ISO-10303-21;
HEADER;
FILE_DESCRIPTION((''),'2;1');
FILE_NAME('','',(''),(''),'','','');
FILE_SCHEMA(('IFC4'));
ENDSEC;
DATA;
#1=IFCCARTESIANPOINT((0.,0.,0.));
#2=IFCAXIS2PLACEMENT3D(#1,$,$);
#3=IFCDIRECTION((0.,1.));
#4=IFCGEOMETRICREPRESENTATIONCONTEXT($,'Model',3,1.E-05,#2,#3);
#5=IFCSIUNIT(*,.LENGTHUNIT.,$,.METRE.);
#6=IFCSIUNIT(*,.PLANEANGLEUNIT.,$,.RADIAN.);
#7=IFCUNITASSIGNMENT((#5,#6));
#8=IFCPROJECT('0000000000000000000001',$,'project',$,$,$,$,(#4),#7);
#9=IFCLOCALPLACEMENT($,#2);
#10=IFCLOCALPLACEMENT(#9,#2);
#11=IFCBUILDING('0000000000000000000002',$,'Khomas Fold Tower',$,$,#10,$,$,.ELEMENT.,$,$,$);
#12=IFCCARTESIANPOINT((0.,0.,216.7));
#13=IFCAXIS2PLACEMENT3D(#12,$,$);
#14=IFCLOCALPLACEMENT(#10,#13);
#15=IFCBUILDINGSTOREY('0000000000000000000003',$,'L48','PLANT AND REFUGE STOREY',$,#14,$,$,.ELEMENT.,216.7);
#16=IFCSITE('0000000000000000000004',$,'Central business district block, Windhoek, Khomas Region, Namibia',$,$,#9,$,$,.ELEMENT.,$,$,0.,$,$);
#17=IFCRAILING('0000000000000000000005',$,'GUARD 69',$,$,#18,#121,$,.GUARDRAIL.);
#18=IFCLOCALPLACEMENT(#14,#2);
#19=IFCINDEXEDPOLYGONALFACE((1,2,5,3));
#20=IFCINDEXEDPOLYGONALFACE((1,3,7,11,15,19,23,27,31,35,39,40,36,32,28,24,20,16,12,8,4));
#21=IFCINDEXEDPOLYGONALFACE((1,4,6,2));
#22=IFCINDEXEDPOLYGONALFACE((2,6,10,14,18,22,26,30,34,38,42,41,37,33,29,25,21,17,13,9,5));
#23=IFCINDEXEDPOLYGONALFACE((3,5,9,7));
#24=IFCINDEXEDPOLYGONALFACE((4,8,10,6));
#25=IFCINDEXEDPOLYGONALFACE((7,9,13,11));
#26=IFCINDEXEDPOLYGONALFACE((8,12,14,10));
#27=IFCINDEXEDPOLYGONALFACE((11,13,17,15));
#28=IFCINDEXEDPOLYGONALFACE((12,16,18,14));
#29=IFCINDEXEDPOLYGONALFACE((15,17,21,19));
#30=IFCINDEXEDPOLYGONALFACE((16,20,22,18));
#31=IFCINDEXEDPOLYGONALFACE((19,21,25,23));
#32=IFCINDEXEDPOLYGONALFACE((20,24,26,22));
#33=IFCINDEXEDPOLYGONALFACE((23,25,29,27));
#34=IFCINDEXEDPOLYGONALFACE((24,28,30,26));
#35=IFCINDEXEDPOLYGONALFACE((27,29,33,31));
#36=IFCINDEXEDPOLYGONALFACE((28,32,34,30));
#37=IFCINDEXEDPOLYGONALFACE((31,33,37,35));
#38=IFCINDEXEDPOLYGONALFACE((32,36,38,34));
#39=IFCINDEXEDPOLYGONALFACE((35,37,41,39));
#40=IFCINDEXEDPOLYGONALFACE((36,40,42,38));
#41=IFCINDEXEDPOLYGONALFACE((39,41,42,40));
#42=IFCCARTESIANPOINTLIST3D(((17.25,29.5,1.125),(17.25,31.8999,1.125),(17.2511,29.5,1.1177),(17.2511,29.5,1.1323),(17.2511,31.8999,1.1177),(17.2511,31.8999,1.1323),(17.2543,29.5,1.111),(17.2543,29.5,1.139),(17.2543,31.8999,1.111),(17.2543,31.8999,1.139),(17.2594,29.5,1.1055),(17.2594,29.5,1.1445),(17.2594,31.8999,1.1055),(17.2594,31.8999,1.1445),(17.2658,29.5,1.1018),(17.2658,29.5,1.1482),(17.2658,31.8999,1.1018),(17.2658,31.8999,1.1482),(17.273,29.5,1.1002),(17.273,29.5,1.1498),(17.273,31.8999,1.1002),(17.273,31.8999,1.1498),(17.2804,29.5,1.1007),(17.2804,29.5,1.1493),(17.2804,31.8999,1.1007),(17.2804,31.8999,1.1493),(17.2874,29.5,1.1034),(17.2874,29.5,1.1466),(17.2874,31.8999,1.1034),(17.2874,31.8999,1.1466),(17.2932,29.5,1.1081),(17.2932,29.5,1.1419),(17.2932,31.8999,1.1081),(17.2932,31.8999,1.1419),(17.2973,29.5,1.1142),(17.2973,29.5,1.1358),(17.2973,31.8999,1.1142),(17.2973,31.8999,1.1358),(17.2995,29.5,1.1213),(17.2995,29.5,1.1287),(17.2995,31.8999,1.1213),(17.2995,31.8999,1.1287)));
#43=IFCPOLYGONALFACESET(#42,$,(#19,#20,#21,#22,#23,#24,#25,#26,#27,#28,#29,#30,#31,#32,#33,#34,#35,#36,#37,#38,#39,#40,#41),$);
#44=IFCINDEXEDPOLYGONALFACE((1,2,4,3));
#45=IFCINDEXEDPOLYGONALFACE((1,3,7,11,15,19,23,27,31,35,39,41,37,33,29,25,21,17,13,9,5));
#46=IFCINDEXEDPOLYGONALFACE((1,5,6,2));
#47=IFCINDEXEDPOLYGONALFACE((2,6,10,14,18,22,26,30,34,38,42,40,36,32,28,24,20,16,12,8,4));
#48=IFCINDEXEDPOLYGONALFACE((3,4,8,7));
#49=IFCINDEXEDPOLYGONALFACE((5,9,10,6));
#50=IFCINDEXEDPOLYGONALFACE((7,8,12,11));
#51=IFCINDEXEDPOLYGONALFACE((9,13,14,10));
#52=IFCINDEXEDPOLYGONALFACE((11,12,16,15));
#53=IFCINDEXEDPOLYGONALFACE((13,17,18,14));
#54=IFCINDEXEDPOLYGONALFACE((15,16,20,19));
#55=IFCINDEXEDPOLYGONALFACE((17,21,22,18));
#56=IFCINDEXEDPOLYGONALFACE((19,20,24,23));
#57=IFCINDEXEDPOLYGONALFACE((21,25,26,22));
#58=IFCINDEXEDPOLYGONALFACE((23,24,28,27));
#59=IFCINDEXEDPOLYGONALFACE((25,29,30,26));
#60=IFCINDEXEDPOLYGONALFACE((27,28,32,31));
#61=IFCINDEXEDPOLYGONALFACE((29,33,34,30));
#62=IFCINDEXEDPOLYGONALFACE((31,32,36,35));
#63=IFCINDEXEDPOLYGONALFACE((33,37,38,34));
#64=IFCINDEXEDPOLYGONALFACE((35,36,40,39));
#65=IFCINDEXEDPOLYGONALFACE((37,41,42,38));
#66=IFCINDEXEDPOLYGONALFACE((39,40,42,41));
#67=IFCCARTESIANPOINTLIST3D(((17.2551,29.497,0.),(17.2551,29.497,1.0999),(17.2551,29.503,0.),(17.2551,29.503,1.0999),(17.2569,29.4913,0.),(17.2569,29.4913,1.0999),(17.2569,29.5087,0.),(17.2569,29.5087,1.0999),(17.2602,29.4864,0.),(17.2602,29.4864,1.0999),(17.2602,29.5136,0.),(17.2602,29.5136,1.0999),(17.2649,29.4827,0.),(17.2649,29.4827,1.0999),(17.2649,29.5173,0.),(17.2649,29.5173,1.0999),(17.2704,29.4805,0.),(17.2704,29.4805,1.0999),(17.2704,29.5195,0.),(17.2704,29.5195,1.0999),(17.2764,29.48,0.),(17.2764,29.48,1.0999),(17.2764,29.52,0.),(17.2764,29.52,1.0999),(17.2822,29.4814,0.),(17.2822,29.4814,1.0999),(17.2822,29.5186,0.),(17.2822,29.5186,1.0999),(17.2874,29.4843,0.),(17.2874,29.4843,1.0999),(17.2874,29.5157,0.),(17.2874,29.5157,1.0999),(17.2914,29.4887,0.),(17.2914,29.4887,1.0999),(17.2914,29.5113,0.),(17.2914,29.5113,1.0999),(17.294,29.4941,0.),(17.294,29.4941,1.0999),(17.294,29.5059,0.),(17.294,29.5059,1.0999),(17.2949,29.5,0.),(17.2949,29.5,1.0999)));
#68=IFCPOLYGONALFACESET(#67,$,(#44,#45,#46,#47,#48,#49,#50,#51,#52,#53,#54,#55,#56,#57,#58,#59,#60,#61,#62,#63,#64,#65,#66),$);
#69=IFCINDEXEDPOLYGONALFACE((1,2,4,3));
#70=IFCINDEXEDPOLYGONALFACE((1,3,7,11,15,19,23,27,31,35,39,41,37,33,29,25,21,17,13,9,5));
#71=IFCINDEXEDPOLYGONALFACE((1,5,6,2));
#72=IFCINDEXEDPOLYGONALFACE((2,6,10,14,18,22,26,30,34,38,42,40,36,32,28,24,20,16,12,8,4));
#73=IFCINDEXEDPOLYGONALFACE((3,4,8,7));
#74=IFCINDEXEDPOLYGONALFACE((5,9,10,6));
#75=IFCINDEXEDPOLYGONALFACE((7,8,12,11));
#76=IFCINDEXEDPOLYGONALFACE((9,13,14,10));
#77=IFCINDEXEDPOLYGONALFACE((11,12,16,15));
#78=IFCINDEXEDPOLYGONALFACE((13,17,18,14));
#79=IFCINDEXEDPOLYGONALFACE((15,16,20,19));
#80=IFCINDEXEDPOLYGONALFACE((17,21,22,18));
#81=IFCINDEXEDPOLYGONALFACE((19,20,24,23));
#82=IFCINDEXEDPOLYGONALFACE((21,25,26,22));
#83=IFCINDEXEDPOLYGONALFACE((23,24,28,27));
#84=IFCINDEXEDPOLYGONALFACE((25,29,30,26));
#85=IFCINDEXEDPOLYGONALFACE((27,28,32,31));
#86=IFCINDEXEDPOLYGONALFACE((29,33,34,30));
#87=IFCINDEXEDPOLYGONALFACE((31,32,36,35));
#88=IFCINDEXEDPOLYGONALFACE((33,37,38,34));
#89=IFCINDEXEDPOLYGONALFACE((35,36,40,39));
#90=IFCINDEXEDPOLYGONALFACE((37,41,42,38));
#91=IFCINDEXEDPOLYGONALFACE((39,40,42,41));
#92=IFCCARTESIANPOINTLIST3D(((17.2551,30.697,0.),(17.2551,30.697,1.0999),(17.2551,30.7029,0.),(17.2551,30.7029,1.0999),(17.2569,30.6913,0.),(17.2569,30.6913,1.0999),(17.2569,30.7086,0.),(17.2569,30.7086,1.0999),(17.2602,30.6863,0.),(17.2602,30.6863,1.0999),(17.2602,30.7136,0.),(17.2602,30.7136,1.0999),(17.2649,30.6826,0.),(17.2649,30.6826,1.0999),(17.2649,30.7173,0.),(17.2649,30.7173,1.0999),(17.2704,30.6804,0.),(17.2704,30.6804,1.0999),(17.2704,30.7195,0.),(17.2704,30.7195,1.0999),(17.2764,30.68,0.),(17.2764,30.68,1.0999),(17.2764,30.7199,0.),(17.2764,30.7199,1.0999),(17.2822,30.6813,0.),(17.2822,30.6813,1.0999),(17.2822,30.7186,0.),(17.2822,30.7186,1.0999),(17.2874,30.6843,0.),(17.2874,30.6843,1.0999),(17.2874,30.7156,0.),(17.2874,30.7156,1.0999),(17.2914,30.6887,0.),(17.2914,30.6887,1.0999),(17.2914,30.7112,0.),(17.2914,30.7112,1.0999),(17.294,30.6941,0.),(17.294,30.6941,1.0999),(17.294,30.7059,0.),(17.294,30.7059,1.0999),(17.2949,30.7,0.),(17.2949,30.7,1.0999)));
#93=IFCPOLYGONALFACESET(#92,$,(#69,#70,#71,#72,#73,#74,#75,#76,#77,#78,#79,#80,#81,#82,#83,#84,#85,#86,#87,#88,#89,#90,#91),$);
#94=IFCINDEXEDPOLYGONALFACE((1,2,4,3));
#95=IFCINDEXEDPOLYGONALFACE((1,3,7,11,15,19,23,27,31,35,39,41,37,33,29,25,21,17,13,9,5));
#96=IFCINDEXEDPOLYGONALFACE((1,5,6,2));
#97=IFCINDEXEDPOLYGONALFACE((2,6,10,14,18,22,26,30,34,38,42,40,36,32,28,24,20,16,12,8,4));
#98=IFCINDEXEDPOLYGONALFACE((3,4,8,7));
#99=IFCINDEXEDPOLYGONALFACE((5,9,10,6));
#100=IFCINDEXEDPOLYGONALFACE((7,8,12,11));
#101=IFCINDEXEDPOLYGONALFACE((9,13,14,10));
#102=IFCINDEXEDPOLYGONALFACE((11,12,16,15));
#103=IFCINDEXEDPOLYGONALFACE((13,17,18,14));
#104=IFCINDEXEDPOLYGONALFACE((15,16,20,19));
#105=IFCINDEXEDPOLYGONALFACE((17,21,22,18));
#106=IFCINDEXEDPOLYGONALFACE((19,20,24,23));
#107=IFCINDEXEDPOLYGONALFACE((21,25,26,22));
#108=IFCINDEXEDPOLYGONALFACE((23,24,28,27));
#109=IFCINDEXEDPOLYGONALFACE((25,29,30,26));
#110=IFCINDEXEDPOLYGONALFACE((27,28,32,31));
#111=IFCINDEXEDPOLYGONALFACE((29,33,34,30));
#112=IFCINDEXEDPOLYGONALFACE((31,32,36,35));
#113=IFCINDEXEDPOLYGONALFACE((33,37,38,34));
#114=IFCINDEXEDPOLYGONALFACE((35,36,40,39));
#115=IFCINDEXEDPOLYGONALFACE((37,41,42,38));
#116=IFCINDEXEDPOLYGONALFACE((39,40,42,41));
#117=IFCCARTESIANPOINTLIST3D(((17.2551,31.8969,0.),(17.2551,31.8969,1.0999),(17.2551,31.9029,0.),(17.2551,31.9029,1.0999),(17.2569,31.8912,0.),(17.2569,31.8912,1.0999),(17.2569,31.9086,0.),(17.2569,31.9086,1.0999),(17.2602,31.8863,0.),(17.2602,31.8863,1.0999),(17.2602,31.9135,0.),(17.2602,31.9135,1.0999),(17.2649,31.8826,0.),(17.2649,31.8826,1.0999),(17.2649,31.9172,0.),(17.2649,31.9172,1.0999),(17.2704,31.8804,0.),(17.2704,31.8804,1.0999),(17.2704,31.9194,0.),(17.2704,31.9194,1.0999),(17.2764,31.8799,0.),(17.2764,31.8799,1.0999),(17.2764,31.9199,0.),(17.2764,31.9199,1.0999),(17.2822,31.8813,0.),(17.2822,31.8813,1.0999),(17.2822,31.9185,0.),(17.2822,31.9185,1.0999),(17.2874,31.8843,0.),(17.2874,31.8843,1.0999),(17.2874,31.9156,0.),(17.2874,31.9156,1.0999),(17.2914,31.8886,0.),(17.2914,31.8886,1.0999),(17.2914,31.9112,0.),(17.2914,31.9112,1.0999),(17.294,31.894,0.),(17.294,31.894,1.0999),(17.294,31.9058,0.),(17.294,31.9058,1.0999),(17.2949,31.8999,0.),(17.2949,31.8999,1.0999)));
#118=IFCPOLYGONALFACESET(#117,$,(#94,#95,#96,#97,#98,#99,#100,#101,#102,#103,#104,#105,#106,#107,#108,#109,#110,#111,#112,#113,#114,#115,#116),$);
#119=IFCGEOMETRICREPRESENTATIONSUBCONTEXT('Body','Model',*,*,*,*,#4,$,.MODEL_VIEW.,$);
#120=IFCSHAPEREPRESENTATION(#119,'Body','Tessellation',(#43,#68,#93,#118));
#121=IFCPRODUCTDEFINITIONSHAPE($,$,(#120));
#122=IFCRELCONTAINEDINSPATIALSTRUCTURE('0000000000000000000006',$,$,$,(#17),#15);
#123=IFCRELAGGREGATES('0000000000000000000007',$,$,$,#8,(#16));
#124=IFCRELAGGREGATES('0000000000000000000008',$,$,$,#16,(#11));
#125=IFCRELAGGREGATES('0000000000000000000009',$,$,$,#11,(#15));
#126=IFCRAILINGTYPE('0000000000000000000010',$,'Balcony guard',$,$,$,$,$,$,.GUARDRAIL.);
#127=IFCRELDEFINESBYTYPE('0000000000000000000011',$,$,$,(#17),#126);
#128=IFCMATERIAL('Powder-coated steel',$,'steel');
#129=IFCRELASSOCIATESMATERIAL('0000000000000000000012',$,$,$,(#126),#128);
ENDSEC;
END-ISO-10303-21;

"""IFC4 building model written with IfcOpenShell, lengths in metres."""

from ifc_helpers import new_model, si_unit, direction, frame, origin, origin_2d, place, context, subcontext, project, spatial, circle, extrude, source, transform, mapped, material, type_object, element, save


model = new_model("IFC4")

# Units and contexts
model_context = context("Model", 3, precision=1e-05, world=origin(), true_north=direction((0.0, 1.0)))
body_context = subcontext(model_context, "Body", "Model", "MODEL_VIEW")
ifc_project = project(units=[si_unit("LENGTHUNIT", "METRE"), si_unit("PLANEANGLEUNIT", "RADIAN")], contexts=[model_context])

# Site, building, storey
site_placement = place(None, origin())
site = spatial("IfcSite", under=ifc_project, at=site_placement, Name="Central business district block, Windhoek, Khomas Region, Namibia", CompositionType="ELEMENT", RefElevation=0.0)
building_placement = place(site_placement, origin())
building = spatial("IfcBuilding", under=site, at=building_placement, Name="Khomas Fold Tower", CompositionType="ELEMENT")
storey_placement = place(building_placement, frame((0.0, 0.0, 216.7)))
storey = spatial("IfcBuildingStorey", under=building, at=storey_placement, Name="L48", Description="PLANT AND REFUGE STOREY", CompositionType="ELEMENT", Elevation=216.7)

# Railing
ifc_material_1 = material(Name="Powder-coated steel", Category="steel")
railing_type_1 = type_object("IfcRailingType", Name="Balcony guard", PredefinedType="GUARDRAIL", material=ifc_material_1)
shared_shape_1 = source(origin(), body_context, "Body", "SweptSolid", [
    extrude(circle(Radius=0.0249, at=origin_2d()), frame((0.0, 0.0, 1.125), z_axis=(0.0, 1.0, 0.0), x_axis=(-1.0, 0.0, 0.0)), (0.0, 0.0, 1.0), 2.3999),
    extrude(circle(Radius=0.02, at=origin_2d()), origin(), (0.0, 0.0, 1.0), 1.0999),
    extrude(circle(Radius=0.02, at=origin_2d()), frame((0.0, 1.2, 0.0)), (0.0, 0.0, 1.0), 1.0999),
    extrude(circle(Radius=0.02, at=origin_2d()), frame((0.0, 2.3999, 0.0)), (0.0, 0.0, 1.0), 1.0999),
])
for number, where, name in (
    (1, (17.2749, 29.5, 0.0), "GUARD 69"),
):
    element("IfcRailing", number, at=place(storey_placement, frame(where)), inside=storey, type_object=railing_type_1, Name=name, PredefinedType="GUARDRAIL", context=body_context, shape_type="MappedRepresentation", body=[
        mapped(shared_shape_1, transform((0.0, 0.0, 0.0))),
    ])

save(model, "model.ifc")
